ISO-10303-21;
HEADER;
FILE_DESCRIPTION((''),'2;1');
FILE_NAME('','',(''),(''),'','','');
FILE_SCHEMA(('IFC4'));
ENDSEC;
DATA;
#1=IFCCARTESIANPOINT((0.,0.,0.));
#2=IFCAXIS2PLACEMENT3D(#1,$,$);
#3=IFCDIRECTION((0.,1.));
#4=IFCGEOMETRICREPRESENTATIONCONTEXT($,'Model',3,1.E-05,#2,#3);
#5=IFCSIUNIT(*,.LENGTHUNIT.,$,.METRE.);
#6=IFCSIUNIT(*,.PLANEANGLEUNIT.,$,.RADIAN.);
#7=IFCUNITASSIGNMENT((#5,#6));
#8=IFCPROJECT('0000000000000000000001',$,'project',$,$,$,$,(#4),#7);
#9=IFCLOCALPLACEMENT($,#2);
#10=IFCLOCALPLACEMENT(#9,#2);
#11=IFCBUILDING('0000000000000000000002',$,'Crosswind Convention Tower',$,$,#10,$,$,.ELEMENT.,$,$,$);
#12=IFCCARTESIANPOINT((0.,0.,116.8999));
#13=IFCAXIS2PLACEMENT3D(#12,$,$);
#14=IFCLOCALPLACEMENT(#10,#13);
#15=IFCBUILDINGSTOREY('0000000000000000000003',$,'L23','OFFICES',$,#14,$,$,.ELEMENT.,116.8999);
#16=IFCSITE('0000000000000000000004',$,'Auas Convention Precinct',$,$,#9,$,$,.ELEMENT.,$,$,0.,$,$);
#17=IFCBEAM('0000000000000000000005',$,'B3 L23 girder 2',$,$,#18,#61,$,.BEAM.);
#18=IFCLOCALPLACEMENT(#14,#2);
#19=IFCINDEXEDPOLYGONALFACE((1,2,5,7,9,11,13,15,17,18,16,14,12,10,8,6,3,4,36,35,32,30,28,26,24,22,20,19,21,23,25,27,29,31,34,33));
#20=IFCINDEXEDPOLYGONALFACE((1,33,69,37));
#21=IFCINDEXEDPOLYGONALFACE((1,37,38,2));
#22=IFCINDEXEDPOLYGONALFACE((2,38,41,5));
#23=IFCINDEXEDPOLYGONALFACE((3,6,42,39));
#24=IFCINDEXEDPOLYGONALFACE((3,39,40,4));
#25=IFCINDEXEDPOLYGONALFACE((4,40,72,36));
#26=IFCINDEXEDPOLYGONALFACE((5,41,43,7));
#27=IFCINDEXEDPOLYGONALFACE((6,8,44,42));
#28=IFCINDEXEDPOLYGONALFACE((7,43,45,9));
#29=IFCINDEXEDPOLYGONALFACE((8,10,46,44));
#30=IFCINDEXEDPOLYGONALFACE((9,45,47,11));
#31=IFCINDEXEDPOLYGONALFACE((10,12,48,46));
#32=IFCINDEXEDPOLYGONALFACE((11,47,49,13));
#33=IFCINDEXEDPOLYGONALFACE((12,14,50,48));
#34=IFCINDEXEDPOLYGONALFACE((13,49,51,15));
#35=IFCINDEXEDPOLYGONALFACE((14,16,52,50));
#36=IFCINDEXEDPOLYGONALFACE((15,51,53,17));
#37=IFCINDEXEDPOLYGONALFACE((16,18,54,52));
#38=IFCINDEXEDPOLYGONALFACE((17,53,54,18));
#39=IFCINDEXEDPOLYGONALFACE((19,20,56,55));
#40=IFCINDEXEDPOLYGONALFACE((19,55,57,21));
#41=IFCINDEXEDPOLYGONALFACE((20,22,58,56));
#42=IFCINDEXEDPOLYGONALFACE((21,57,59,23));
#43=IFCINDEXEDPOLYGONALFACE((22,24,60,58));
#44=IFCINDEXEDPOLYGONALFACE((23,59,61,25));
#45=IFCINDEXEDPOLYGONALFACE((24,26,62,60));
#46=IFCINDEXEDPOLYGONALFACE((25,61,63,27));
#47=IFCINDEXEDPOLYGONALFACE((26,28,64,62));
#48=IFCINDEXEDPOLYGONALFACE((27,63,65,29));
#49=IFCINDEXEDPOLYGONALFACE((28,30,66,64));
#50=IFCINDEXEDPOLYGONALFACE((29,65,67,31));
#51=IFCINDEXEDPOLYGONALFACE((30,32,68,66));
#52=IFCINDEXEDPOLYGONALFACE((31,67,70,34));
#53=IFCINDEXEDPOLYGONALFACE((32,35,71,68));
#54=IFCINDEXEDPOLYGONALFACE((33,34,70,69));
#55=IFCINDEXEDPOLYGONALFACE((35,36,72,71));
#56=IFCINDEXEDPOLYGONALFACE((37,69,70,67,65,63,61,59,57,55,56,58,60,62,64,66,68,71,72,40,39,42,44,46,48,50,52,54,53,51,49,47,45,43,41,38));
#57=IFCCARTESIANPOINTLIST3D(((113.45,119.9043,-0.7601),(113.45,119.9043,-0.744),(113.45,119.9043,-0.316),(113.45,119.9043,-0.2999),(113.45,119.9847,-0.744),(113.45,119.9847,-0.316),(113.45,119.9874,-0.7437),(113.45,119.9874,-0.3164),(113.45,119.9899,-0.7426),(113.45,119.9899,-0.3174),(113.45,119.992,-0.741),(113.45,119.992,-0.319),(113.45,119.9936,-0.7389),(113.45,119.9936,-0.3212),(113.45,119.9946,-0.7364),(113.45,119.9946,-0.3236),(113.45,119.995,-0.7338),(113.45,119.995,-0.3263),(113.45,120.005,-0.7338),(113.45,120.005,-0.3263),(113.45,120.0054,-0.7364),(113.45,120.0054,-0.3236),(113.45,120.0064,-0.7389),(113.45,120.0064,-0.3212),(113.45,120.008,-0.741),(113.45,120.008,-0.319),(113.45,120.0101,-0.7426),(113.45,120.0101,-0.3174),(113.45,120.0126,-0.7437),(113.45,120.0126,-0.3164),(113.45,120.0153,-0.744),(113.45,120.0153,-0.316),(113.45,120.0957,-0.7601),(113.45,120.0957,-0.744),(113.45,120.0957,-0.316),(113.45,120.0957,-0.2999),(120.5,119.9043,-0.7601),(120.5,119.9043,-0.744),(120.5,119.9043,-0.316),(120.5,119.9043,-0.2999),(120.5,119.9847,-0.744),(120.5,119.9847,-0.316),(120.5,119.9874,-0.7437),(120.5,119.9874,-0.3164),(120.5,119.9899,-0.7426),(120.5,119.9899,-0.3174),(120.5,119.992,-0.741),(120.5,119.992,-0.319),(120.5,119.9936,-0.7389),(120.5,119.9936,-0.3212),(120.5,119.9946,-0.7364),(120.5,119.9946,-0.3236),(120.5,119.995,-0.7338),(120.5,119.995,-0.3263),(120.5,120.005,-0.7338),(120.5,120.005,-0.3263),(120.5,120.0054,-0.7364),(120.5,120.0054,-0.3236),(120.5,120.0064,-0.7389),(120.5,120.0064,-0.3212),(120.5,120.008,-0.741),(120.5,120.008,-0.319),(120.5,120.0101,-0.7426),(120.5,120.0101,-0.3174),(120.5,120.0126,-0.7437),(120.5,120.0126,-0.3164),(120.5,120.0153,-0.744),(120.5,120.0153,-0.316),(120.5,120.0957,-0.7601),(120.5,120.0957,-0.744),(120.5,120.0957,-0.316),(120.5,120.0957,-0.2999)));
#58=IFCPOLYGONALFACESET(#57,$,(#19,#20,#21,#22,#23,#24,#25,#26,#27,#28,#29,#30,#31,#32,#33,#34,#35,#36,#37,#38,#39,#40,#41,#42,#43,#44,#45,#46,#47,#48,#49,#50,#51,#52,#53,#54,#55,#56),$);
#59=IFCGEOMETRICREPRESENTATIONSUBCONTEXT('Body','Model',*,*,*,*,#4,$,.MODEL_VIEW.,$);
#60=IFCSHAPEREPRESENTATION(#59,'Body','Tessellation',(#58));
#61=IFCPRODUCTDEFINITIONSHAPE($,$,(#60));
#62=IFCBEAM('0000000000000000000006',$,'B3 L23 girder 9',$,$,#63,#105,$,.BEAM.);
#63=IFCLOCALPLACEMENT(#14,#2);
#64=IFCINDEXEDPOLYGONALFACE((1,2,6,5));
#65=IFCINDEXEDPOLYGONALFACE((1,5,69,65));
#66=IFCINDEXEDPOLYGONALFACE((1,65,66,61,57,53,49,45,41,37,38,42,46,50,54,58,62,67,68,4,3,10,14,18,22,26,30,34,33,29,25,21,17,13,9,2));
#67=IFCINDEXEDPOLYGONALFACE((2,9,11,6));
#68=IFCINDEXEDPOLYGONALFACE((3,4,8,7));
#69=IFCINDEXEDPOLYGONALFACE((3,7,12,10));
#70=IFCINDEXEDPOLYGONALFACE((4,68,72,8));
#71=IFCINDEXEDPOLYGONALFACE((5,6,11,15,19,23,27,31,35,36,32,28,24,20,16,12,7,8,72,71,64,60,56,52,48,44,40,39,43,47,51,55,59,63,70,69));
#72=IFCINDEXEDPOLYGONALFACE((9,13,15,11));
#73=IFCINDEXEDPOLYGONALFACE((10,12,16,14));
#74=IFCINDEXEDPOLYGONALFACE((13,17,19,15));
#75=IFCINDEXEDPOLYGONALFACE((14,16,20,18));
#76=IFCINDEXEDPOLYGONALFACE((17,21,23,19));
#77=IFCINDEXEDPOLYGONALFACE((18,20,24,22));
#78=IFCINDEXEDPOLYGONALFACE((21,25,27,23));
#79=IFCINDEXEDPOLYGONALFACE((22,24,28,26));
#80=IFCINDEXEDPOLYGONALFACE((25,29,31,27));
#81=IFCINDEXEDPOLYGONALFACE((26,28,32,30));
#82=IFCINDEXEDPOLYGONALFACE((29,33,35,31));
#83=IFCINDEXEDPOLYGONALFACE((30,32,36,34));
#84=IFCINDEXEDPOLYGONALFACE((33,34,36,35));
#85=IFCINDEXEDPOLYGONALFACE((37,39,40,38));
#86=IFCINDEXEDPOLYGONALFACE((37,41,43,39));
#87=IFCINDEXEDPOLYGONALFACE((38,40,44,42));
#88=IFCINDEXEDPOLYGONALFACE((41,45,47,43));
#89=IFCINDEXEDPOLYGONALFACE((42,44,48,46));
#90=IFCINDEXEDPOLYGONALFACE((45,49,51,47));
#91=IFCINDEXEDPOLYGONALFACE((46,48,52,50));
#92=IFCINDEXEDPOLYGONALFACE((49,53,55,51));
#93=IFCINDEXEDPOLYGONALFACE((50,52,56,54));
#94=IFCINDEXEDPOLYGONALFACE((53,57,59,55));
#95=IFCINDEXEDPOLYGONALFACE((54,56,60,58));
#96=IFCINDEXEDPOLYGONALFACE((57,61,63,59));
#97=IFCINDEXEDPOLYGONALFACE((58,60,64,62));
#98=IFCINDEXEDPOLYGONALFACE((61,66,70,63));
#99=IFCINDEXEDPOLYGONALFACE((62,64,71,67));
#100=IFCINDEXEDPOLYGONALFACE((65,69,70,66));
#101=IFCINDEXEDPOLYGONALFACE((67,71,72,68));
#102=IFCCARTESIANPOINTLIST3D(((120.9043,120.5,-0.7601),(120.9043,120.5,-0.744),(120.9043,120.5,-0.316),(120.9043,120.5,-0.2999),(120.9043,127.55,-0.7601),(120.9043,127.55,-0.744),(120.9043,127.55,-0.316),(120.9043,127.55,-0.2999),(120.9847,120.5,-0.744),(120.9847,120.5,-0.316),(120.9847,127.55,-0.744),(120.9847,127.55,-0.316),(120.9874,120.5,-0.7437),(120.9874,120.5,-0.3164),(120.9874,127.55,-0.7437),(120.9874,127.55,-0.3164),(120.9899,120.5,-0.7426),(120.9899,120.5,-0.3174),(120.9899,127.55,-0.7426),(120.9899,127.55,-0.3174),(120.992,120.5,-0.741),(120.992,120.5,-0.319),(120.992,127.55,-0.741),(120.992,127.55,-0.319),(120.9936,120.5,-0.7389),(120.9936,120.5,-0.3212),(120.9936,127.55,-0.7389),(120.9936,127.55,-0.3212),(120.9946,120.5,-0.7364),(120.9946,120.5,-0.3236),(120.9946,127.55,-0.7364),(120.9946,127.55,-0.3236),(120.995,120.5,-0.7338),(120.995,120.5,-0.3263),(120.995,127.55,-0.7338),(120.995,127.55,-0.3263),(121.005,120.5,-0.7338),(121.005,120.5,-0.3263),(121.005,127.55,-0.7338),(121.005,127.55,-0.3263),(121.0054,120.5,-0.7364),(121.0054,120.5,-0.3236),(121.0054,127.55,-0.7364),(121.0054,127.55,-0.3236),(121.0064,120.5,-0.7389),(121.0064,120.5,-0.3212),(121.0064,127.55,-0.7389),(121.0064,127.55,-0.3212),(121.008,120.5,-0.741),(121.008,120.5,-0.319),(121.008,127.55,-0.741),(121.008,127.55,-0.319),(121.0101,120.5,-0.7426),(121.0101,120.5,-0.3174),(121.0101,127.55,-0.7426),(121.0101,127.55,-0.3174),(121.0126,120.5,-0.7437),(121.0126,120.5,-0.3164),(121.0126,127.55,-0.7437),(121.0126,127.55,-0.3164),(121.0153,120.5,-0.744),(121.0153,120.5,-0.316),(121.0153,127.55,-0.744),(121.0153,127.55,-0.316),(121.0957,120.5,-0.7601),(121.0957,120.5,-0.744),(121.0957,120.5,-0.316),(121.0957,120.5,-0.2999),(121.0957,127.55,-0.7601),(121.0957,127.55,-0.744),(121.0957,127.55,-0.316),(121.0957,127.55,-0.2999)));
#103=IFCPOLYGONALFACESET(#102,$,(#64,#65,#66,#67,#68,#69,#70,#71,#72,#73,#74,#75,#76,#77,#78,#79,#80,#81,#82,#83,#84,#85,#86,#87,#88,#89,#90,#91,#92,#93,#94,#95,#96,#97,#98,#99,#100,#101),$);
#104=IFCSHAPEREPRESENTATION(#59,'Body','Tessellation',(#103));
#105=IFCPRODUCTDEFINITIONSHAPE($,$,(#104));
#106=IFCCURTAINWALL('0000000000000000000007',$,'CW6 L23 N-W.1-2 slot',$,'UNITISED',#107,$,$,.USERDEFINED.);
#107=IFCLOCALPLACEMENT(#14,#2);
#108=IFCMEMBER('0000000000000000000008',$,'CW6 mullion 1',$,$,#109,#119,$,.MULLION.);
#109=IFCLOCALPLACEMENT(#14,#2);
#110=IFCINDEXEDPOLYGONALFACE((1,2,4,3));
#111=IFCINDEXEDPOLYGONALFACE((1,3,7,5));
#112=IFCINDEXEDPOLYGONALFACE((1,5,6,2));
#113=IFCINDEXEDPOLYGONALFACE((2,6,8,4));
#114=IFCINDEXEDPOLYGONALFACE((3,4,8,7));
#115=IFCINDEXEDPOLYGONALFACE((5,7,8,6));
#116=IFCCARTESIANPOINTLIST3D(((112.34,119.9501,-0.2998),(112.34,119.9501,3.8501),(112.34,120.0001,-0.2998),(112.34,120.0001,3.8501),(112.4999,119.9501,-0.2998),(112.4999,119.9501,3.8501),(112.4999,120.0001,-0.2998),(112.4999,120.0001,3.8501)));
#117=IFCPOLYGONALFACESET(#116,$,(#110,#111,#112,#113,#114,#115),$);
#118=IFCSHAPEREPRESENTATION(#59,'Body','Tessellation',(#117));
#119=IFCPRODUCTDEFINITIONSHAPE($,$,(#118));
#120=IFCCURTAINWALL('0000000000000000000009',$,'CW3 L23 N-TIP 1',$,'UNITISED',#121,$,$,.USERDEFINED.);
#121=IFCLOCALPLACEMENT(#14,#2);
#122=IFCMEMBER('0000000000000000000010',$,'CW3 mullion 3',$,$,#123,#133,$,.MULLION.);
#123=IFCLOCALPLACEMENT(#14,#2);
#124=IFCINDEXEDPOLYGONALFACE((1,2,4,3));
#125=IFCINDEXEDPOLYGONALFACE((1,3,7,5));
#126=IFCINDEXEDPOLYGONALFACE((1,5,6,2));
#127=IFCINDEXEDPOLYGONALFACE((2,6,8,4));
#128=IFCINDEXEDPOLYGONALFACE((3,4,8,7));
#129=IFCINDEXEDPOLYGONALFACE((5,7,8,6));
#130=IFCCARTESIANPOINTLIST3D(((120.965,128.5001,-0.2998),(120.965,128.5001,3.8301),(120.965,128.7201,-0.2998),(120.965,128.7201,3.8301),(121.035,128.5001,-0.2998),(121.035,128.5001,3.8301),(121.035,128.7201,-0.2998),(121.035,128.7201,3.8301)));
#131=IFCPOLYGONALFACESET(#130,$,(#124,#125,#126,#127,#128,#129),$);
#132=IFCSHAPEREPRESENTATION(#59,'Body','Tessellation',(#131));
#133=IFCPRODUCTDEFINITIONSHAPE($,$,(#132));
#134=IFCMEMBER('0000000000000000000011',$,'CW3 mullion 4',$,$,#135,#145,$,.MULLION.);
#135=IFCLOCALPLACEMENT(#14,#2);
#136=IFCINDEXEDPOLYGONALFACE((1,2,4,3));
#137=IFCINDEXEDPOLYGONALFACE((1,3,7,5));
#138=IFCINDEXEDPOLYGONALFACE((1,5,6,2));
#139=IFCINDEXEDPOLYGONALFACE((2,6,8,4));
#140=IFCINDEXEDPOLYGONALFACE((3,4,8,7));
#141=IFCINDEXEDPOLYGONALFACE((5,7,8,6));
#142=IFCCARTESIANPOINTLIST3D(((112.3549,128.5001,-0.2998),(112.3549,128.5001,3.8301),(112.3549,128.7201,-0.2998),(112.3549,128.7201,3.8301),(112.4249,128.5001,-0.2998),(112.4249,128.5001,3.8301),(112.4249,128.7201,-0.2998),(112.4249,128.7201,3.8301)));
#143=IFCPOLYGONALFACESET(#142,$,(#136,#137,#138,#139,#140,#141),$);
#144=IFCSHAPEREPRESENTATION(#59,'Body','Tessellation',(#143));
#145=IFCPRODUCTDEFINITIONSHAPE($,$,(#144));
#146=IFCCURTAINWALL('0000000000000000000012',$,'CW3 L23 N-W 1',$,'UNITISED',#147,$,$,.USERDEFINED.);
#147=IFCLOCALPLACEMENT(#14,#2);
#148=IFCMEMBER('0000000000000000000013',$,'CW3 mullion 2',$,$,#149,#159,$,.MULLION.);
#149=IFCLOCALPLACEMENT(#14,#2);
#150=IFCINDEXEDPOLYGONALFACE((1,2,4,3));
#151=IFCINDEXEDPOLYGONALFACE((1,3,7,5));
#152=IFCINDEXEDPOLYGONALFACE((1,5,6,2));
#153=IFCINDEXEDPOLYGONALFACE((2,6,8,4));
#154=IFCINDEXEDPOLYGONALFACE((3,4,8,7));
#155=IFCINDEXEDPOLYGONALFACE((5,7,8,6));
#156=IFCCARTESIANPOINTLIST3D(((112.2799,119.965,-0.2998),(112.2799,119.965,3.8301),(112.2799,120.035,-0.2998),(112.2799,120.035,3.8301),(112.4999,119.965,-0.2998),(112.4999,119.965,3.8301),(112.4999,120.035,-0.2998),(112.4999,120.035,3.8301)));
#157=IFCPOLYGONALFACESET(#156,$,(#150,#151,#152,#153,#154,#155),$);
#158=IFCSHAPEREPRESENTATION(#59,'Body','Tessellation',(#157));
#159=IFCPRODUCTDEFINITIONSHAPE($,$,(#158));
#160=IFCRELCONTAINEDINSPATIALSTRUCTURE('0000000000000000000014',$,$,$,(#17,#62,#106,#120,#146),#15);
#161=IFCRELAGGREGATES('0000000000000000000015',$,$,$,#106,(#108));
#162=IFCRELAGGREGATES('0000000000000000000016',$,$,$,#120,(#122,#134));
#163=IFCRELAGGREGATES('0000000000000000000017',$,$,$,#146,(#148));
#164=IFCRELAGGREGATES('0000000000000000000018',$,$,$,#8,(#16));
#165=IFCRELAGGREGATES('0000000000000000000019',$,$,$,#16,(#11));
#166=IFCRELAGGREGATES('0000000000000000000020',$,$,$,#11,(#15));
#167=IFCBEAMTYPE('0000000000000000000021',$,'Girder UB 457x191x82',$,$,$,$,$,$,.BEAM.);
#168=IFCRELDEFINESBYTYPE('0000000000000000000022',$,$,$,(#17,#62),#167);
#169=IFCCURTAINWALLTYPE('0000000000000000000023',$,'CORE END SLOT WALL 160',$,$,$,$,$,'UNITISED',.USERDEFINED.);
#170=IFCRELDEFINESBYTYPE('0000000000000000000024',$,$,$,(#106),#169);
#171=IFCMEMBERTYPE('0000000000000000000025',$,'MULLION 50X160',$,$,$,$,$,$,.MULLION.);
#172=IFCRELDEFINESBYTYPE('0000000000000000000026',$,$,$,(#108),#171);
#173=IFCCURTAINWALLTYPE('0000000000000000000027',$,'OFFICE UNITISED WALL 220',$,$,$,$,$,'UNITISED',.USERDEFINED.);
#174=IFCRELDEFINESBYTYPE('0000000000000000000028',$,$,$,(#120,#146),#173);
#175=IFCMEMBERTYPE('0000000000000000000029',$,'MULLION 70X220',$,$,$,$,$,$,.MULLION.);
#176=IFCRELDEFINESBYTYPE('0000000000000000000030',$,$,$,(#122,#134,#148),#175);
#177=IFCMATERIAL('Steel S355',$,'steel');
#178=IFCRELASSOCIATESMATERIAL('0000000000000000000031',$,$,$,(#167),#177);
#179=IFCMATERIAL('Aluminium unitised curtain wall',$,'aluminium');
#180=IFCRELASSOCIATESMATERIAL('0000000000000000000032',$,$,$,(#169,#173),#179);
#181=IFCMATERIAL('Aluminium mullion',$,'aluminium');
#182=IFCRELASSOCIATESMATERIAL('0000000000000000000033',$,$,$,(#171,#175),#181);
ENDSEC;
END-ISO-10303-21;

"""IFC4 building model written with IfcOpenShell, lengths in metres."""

from ifc_helpers import new_model, si_unit, direction, frame, origin, origin_2d, place, context, subcontext, project, spatial, rectangle, i_section, extrude, material, material_profile, profile_set, type_object, element, aggregate, save


model = new_model("IFC4")

# Units and contexts
model_context = context("Model", 3, precision=1e-05, world=origin(), true_north=direction((0.0, 1.0)))
body_context = subcontext(model_context, "Body", "Model", "MODEL_VIEW")
ifc_project = project(units=[si_unit("LENGTHUNIT", "METRE"), si_unit("PLANEANGLEUNIT", "RADIAN")], contexts=[model_context])

# Site, building, storey
site_placement = place(None, origin())
site = spatial("IfcSite", under=ifc_project, at=site_placement, Name="Auas Convention Precinct", CompositionType="ELEMENT", RefElevation=0.0)
building_placement = place(site_placement, origin())
building = spatial("IfcBuilding", under=site, at=building_placement, Name="Crosswind Convention Tower", CompositionType="ELEMENT")
storey_placement = place(building_placement, frame((0.0, 0.0, 116.8999)))
storey = spatial("IfcBuildingStorey", under=building, at=storey_placement, Name="L23", Description="OFFICES", CompositionType="ELEMENT", Elevation=116.8999)

# Beams
ifc_material_1 = material(Name="Steel S355", Category="steel")
ifc_material_profile_1 = material_profile(ifc_material_1, i_section(OverallWidth=0.1914, OverallDepth=0.4602, WebThickness=0.01, FlangeThickness=0.0161, FilletRadius=0.0103, at=origin_2d()), Name="UB 457x191x82")
ifc_profile_set_1 = profile_set([ifc_material_profile_1], Name="Steel S355")
beam_type_1 = type_object("IfcBeamType", Name="Girder UB 457x191x82", PredefinedType="BEAM", material=ifc_profile_set_1)
for number, where, z_axis, x_axis, name in (
    (1, (113.45, 120.0, -0.53), (1.0, 0.0, 0.0), (0.0, 1.0, 0.0), "B3 L23 girder 2"),
    (2, (121.0, 120.5, -0.53), (0.0, 1.0, 0.0), (-1.0, 0.0, 0.0), "B3 L23 girder 9"),
):
    element("IfcBeam", number, at=place(storey_placement, frame(where, z_axis=z_axis, x_axis=x_axis)), inside=storey, type_object=beam_type_1, Name=name, PredefinedType="BEAM", context=body_context, shape_type="SweptSolid", body=[
        extrude(i_section(OverallWidth=0.1914, OverallDepth=0.4602, WebThickness=0.01, FlangeThickness=0.0161, FilletRadius=0.0103, at=origin_2d()), origin(), (0.0, 0.0, 1.0), 7.05),
    ])

# Curtain wall, member
ifc_material_2 = material(Name="Aluminium unitised curtain wall", Category="aluminium")
curtain_wall_type_1 = type_object("IfcCurtainWallType", Name="CORE END SLOT WALL 160", ElementType="UNITISED", PredefinedType="USERDEFINED", material=ifc_material_2)
curtain_wall_1_placement = place(storey_placement, origin())
curtain_wall_1 = element("IfcCurtainWall", 3, at=curtain_wall_1_placement, inside=storey, type_object=curtain_wall_type_1, Name="CW6 L23 N-W.1-2 slot", ObjectType="UNITISED", PredefinedType="USERDEFINED")
ifc_material_3 = material(Name="Aluminium mullion", Category="aluminium")
ifc_material_profile_2 = material_profile(ifc_material_3, rectangle(XDim=0.1599, YDim=0.05, at=origin_2d()), Name="AL 160X50")
ifc_profile_set_2 = profile_set([ifc_material_profile_2], Name="Aluminium mullion")
member_type_1 = type_object("IfcMemberType", Name="MULLION 50X160", PredefinedType="MULLION", material=ifc_profile_set_2)
member_1_placement = place(storey_placement, frame((112.4199, 119.9751, -0.2998), z_axis=(0.0, 0.0, 1.0), x_axis=(-1.0, 0.0, 0.0)))
member_1 = element("IfcMember", 4, at=member_1_placement, type_object=member_type_1, Name="CW6 mullion 1", PredefinedType="MULLION", context=body_context, shape_type="SweptSolid", body=[
    extrude(rectangle(XDim=0.1599, YDim=0.05, at=origin_2d()), origin(), (0.0, 0.0, 1.0), 4.1499),
])

# Curtain wall, members
curtain_wall_type_2 = type_object("IfcCurtainWallType", Name="OFFICE UNITISED WALL 220", ElementType="UNITISED", PredefinedType="USERDEFINED", material=ifc_material_2)
curtain_wall_2_placement = place(storey_placement, origin())
curtain_wall_2 = element("IfcCurtainWall", 5, at=curtain_wall_2_placement, inside=storey, type_object=curtain_wall_type_2, Name="CW3 L23 N-TIP 1", ObjectType="UNITISED", PredefinedType="USERDEFINED")
ifc_material_profile_3 = material_profile(ifc_material_3, rectangle(XDim=0.22, YDim=0.0701, at=origin_2d()), Name="AL 220X70")
ifc_profile_set_3 = profile_set([ifc_material_profile_3], Name="Aluminium mullion")
member_type_2 = type_object("IfcMemberType", Name="MULLION 70X220", PredefinedType="MULLION", material=ifc_profile_set_3)
member_2_placement = place(storey_placement, frame((121.0, 128.6101, -0.2998), z_axis=(0.0, 0.0, 1.0), x_axis=(0.0, 1.0, 0.0)))
member_2 = element("IfcMember", 6, at=member_2_placement, type_object=member_type_2, Name="CW3 mullion 3", PredefinedType="MULLION", context=body_context, shape_type="SweptSolid", body=[
    extrude(rectangle(XDim=0.22, YDim=0.0701, at=origin_2d()), origin(), (0.0, 0.0, 1.0), 4.1299),
])
member_3_placement = place(storey_placement, frame((112.3899, 128.6101, -0.2998), z_axis=(0.0, 0.0, 1.0), x_axis=(0.0, 1.0, 0.0)))
member_3 = element("IfcMember", 7, at=member_3_placement, type_object=member_type_2, Name="CW3 mullion 4", PredefinedType="MULLION", context=body_context, shape_type="SweptSolid", body=[
    extrude(rectangle(XDim=0.22, YDim=0.0701, at=origin_2d()), origin(), (0.0, 0.0, 1.0), 4.1299),
])

# Curtain wall, member
curtain_wall_3_placement = place(storey_placement, origin())
curtain_wall_3 = element("IfcCurtainWall", 8, at=curtain_wall_3_placement, inside=storey, type_object=curtain_wall_type_2, Name="CW3 L23 N-W 1", ObjectType="UNITISED", PredefinedType="USERDEFINED")
member_4_placement = place(storey_placement, frame((112.3899, 120.0, -0.2998), z_axis=(0.0, 0.0, 1.0), x_axis=(-1.0, 0.0, 0.0)))
member_4 = element("IfcMember", 9, at=member_4_placement, type_object=member_type_2, Name="CW3 mullion 2", PredefinedType="MULLION", context=body_context, shape_type="SweptSolid", body=[
    extrude(rectangle(XDim=0.22, YDim=0.0701, at=origin_2d()), origin(), (0.0, 0.0, 1.0), 4.1299),
])

aggregate(curtain_wall_1, [member_1])
aggregate(curtain_wall_2, [member_2, member_3])
aggregate(curtain_wall_3, [member_4])

save(model, "model.ifc")
